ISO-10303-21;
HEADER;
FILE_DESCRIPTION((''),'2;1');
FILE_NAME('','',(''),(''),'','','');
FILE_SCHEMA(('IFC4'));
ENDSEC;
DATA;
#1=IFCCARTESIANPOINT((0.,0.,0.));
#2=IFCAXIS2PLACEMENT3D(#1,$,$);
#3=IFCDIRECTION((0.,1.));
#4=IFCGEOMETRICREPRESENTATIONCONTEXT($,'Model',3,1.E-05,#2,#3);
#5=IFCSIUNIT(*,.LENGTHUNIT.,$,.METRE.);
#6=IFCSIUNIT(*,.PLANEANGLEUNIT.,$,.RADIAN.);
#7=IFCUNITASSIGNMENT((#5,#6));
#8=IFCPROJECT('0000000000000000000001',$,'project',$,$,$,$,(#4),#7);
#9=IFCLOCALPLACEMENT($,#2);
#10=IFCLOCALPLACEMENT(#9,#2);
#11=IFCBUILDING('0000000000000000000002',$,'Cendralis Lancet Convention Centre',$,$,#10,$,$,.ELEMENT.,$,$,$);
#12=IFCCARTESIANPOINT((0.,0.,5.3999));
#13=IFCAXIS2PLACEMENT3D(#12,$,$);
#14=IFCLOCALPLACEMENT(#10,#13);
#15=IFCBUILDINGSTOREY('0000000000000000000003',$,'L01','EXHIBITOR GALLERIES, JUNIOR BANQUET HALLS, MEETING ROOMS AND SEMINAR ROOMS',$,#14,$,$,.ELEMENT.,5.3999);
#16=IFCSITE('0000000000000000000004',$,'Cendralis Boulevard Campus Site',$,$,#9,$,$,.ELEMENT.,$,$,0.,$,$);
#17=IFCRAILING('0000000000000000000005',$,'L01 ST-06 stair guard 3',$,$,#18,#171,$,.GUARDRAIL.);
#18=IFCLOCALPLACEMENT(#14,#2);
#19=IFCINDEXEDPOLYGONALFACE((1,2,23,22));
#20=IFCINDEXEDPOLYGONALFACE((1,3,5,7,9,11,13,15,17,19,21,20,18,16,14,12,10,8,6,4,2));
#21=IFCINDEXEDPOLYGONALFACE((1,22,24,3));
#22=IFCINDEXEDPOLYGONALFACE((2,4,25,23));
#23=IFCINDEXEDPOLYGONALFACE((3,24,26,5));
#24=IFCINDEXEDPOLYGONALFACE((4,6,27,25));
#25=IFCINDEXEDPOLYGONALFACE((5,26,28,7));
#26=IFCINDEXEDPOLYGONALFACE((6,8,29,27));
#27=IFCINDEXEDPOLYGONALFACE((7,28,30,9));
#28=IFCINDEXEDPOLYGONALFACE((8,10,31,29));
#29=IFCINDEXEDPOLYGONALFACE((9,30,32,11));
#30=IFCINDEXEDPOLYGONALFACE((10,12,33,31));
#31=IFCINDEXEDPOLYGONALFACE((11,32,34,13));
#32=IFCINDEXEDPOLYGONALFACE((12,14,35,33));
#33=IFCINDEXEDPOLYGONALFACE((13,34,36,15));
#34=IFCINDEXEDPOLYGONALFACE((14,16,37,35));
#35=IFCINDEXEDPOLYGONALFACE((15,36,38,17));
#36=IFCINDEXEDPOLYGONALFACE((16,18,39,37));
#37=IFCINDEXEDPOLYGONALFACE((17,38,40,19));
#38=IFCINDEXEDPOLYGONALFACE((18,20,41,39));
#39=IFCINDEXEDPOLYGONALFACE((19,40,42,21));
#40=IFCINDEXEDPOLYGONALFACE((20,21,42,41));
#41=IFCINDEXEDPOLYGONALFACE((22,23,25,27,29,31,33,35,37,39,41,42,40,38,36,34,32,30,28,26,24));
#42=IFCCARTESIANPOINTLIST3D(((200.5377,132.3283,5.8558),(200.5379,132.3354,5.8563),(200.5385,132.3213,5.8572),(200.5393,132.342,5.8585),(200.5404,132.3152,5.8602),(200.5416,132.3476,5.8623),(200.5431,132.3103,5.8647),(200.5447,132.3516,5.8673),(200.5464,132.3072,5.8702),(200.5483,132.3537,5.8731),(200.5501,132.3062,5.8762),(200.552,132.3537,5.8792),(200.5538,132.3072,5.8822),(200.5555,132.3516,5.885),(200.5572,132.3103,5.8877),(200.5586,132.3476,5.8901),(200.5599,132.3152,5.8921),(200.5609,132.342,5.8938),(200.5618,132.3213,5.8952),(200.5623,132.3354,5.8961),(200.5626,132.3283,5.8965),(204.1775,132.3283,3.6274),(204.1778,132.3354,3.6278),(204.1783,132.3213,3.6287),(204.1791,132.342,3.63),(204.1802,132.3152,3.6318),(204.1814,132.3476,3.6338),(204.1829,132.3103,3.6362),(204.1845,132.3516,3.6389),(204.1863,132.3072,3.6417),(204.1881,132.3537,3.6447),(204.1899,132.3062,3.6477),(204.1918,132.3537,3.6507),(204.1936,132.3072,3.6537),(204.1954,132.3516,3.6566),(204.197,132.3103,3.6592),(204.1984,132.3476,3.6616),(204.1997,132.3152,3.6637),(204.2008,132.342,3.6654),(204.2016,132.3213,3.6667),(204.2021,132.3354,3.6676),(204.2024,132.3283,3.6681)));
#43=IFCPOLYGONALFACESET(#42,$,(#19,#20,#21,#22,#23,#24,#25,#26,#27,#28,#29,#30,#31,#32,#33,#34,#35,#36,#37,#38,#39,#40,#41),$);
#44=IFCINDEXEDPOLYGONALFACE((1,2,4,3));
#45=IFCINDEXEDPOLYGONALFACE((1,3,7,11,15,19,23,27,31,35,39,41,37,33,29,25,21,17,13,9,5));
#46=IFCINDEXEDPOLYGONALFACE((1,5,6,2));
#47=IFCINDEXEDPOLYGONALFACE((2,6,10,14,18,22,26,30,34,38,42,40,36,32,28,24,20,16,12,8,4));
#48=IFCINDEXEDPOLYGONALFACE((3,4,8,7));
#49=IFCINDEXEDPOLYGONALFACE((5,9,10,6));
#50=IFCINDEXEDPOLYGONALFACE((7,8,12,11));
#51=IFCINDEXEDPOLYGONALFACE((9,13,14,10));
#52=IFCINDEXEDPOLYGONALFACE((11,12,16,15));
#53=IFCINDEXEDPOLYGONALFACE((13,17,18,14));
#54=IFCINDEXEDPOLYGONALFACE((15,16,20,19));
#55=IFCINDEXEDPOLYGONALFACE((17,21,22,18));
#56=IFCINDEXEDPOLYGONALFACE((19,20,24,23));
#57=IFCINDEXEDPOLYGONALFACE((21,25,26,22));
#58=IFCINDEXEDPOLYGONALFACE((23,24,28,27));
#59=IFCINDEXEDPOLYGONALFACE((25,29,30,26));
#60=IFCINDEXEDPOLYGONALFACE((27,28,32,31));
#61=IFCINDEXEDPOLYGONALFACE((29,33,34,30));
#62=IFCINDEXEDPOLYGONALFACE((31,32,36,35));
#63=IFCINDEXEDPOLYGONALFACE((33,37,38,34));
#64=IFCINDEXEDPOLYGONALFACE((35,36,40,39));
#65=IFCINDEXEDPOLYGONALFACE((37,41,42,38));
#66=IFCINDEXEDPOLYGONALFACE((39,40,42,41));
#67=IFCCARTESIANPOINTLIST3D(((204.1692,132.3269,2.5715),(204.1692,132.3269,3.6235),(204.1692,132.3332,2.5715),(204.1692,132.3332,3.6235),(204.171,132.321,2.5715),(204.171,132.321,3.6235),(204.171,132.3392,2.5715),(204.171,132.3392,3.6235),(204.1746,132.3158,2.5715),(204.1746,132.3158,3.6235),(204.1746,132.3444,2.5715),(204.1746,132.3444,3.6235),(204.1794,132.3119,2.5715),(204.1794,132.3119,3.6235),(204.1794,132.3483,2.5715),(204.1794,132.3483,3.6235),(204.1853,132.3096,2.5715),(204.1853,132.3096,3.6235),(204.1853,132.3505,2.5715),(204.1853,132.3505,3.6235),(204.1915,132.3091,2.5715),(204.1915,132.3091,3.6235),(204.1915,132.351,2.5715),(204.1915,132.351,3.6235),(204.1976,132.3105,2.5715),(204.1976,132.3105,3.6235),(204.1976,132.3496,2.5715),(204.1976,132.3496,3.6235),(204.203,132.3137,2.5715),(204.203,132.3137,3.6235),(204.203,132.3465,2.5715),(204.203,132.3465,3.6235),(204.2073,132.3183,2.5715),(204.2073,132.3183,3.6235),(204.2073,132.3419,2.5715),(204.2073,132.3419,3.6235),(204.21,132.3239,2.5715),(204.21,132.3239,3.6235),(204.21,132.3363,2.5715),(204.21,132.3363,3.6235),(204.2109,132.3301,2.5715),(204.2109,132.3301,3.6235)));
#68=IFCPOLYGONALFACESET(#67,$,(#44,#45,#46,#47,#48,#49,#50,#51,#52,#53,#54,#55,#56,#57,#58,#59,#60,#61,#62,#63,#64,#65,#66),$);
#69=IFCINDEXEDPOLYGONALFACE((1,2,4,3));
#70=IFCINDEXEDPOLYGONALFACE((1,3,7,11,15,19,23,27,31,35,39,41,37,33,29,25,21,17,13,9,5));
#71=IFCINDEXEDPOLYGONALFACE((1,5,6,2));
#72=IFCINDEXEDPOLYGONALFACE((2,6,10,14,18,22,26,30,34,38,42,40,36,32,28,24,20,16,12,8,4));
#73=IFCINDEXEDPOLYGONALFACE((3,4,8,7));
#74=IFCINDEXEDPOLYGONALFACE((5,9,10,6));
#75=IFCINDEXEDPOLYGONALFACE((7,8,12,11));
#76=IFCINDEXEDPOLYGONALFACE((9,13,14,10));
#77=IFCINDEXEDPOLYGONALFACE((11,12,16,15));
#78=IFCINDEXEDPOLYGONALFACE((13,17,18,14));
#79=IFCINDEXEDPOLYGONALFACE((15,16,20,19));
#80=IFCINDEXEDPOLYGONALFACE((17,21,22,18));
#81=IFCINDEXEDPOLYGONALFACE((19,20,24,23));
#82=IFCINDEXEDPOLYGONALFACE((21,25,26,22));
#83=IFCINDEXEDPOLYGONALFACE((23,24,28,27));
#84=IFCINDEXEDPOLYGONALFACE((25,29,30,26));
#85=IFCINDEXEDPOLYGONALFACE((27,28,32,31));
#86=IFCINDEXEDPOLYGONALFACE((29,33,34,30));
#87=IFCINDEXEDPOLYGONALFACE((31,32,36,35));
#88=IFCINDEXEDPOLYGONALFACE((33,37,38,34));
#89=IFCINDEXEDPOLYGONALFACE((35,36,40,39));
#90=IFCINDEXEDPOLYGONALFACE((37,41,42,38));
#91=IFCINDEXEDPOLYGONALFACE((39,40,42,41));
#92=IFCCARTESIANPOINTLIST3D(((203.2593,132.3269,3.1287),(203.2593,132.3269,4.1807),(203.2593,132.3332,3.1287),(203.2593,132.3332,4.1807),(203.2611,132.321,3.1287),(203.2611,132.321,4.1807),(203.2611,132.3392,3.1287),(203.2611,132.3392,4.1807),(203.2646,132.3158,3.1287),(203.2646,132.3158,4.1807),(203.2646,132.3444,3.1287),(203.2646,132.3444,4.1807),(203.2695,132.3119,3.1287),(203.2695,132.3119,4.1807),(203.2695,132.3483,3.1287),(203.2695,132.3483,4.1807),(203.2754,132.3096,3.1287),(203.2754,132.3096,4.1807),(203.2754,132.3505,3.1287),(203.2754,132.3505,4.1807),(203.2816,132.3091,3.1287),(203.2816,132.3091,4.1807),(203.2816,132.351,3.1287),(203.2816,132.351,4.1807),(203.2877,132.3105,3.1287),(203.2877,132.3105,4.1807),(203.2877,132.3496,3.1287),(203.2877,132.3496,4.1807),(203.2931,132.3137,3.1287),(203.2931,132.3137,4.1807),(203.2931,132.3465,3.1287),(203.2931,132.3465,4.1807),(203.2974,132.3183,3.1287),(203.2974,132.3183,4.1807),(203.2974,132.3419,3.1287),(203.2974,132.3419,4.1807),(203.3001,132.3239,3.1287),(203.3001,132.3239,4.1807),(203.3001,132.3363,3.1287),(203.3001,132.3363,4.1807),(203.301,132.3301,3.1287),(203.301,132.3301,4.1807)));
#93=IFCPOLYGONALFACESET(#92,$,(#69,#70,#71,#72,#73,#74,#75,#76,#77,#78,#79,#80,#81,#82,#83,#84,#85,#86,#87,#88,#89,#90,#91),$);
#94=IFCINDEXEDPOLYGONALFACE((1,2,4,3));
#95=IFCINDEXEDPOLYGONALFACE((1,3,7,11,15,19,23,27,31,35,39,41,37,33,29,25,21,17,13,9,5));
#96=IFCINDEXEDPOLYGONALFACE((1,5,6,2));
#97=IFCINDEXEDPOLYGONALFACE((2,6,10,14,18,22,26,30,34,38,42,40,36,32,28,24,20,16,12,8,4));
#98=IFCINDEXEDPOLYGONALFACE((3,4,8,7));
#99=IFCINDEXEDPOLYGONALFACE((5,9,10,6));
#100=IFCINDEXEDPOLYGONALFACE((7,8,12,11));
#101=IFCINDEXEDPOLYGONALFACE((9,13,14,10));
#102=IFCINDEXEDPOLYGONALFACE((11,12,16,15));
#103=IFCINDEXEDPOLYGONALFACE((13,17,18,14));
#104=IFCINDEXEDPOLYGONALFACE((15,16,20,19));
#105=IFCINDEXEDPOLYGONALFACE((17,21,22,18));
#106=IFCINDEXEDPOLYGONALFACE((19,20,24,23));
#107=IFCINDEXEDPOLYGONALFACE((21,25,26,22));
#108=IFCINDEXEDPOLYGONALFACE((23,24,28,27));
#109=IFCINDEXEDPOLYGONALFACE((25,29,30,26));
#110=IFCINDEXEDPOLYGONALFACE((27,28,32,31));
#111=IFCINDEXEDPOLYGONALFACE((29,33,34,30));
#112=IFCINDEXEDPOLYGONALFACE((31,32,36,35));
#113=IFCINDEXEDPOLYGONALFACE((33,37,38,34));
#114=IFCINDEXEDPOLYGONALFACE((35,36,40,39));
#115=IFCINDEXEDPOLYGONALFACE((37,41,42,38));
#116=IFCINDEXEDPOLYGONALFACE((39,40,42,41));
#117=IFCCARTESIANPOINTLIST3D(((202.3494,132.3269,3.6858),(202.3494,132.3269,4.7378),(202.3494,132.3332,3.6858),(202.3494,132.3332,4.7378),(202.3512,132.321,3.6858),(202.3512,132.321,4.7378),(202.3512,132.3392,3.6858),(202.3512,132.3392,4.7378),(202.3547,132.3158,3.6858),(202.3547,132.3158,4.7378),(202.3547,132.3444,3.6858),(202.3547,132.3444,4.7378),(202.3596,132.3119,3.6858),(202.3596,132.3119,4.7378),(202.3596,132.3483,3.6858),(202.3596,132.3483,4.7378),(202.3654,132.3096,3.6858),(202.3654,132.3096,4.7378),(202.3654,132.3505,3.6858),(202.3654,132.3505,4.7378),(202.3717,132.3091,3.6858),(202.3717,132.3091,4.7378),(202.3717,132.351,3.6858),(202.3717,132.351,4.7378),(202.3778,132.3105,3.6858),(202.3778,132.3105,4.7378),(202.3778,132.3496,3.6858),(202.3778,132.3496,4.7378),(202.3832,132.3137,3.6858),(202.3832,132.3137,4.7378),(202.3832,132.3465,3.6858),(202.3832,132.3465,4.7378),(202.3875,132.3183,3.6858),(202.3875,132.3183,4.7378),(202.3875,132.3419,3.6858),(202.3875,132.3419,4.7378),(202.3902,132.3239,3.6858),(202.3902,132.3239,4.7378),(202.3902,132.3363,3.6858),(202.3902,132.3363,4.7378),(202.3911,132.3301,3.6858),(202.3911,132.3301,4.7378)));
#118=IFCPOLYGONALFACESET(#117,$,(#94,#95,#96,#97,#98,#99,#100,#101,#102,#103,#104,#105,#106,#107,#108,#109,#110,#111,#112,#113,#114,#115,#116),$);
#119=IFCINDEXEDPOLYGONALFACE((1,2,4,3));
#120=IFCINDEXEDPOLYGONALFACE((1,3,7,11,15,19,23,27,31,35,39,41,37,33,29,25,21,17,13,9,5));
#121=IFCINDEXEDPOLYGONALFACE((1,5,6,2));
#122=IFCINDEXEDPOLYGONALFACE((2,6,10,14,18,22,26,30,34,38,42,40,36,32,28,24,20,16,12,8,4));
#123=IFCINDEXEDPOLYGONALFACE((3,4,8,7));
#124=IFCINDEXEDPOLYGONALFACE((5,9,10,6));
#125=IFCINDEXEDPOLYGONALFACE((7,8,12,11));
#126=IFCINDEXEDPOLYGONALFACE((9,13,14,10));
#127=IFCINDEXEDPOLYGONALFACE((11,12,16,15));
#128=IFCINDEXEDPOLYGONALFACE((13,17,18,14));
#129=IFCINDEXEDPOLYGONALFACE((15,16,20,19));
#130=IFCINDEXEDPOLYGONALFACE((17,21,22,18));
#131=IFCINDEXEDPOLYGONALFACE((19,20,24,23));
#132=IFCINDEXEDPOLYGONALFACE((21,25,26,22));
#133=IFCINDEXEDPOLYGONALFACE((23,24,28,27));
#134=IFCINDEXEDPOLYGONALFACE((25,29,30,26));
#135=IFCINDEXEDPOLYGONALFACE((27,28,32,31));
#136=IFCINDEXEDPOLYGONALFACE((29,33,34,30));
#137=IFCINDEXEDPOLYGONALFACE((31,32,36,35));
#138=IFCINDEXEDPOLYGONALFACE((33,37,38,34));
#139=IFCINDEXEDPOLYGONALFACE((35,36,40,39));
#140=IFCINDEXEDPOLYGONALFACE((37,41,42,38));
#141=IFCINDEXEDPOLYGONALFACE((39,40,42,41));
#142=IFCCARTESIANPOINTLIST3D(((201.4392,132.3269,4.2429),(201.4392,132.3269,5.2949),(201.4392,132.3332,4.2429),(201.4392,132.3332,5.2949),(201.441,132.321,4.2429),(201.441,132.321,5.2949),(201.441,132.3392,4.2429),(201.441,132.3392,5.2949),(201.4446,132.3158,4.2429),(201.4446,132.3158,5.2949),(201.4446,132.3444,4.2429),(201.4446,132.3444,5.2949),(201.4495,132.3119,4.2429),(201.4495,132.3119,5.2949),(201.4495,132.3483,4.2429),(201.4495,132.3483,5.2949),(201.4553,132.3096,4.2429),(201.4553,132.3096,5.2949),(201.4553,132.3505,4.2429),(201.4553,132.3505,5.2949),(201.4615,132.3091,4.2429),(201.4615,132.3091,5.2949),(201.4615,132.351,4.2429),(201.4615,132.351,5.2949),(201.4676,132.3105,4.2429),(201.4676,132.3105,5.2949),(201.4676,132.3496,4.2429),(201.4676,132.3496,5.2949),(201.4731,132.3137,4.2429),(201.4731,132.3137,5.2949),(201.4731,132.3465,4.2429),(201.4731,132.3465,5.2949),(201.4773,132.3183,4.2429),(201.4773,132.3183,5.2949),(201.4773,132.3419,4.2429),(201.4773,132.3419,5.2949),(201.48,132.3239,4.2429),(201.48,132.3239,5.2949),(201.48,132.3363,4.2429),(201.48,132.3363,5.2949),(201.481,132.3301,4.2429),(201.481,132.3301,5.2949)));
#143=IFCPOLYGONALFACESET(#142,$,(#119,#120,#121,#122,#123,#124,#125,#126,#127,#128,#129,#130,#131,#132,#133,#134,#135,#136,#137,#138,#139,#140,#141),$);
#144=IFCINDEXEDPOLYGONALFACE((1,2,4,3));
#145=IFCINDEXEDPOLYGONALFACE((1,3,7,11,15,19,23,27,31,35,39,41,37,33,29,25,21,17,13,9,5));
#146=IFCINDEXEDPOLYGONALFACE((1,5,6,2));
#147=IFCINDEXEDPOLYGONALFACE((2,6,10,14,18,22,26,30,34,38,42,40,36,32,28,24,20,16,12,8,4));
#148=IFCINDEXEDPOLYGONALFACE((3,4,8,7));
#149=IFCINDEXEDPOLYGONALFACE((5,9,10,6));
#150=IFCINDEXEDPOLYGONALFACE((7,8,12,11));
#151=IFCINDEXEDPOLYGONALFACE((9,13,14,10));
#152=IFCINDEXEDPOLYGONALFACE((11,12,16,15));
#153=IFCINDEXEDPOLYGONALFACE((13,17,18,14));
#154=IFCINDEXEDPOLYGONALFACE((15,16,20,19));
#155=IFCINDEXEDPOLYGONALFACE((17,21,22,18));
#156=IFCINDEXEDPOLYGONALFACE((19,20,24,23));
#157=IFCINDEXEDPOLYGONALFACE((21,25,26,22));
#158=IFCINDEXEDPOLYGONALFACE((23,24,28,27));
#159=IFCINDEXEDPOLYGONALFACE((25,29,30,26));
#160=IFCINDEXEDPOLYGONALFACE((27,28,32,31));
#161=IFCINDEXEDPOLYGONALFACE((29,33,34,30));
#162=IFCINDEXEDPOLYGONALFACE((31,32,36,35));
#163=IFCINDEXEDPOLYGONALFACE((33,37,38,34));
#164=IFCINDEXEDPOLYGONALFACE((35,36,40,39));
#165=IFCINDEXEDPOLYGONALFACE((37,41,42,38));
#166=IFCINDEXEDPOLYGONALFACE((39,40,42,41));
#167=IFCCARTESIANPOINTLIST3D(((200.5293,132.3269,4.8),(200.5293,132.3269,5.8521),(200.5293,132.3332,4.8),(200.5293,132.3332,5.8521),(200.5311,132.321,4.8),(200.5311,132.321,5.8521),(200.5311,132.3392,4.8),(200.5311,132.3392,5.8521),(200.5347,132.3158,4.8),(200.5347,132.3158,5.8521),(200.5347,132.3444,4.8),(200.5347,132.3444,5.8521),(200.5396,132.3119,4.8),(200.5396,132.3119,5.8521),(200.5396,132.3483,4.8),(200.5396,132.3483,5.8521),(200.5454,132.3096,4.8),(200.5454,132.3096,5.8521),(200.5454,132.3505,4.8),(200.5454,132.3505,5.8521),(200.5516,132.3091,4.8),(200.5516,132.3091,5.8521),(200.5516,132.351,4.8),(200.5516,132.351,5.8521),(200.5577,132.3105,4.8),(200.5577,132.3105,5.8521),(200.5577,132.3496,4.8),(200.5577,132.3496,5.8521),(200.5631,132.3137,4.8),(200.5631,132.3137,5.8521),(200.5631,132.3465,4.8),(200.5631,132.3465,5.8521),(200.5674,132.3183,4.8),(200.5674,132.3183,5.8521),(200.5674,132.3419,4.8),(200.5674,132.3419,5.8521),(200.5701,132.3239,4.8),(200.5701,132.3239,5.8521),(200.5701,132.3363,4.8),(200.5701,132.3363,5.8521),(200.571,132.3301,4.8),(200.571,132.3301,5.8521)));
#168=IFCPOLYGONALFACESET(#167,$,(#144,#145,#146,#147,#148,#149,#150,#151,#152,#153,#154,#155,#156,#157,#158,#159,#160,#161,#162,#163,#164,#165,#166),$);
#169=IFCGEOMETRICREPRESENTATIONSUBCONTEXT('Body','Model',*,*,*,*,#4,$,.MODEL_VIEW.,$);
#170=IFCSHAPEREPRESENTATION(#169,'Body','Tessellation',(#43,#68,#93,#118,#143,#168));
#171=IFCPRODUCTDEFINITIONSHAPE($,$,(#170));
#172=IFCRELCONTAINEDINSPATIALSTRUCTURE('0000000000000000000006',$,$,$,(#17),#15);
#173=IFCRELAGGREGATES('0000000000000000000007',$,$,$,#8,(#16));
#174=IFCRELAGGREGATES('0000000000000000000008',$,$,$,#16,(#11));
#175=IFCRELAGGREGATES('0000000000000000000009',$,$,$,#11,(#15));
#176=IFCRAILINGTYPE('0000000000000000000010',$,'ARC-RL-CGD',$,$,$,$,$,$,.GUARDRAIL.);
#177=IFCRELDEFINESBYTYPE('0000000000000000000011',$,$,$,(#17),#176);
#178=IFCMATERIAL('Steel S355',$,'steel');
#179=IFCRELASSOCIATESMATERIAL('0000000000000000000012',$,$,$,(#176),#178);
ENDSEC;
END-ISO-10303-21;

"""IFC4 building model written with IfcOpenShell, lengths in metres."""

from ifc_helpers import new_model, si_unit, direction, frame, origin, origin_2d, place, context, subcontext, project, spatial, circle, extrude, material, type_object, element, save


model = new_model("IFC4")

# Units and contexts
model_context = context("Model", 3, precision=1e-05, world=origin(), true_north=direction((0.0, 1.0)))
body_context = subcontext(model_context, "Body", "Model", "MODEL_VIEW")
ifc_project = project(units=[si_unit("LENGTHUNIT", "METRE"), si_unit("PLANEANGLEUNIT", "RADIAN")], contexts=[model_context])

# Site, building, storey
site_placement = place(None, origin())
site = spatial("IfcSite", under=ifc_project, at=site_placement, Name="Cendralis Boulevard Campus Site", CompositionType="ELEMENT", RefElevation=0.0)
building_placement = place(site_placement, origin())
building = spatial("IfcBuilding", under=site, at=building_placement, Name="Cendralis Lancet Convention Centre", CompositionType="ELEMENT")
storey_placement = place(building_placement, frame((0.0, 0.0, 5.3999)))
storey = spatial("IfcBuildingStorey", under=building, at=storey_placement, Name="L01", Description="EXHIBITOR GALLERIES, JUNIOR BANQUET HALLS, MEETING ROOMS AND SEMINAR ROOMS", CompositionType="ELEMENT", Elevation=5.3999)

# Shared definitions
ifc_material_1 = material(Name="Steel S355", Category="steel")

# Railing
railing_type_1 = type_object("IfcRailingType", Name="ARC-RL-CGD", PredefinedType="GUARDRAIL", material=ifc_material_1)
railing_1_placement = place(storey_placement, frame((204.1899, 132.3301, 2.5715)))
element("IfcRailing", 1, at=railing_1_placement, inside=storey, type_object=railing_type_1, Name="L01 ST-06 stair guard 3", PredefinedType="GUARDRAIL", context=body_context, shape_type="SweptSolid", body=[
    extrude(circle(Radius=0.0239, at=origin_2d()), frame((0.0, 0.0, 1.0762), z_axis=(-0.85285, 0.0, 0.522156), x_axis=(0.0, -1.0, 0.0)), (0.0, 0.0, 1.0), 4.2678),
    extrude(circle(Radius=0.021, at=origin_2d()), origin(), (0.0, 0.0, 1.0), 1.052),
    extrude(circle(Radius=0.021, at=origin_2d()), frame((-0.9099, 0.0, 0.5571)), (0.0, 0.0, 1.0), 1.052),
    extrude(circle(Radius=0.021, at=origin_2d()), frame((-1.8198, 0.0, 1.1143)), (0.0, 0.0, 1.0), 1.052),
    extrude(circle(Radius=0.021, at=origin_2d()), frame((-2.73, 0.0, 1.6714)), (0.0, 0.0, 1.0), 1.052),
    extrude(circle(Radius=0.021, at=origin_2d()), frame((-3.6399, 0.0, 2.2285)), (0.0, 0.0, 1.0), 1.052),
])

save(model, "model.ifc")
